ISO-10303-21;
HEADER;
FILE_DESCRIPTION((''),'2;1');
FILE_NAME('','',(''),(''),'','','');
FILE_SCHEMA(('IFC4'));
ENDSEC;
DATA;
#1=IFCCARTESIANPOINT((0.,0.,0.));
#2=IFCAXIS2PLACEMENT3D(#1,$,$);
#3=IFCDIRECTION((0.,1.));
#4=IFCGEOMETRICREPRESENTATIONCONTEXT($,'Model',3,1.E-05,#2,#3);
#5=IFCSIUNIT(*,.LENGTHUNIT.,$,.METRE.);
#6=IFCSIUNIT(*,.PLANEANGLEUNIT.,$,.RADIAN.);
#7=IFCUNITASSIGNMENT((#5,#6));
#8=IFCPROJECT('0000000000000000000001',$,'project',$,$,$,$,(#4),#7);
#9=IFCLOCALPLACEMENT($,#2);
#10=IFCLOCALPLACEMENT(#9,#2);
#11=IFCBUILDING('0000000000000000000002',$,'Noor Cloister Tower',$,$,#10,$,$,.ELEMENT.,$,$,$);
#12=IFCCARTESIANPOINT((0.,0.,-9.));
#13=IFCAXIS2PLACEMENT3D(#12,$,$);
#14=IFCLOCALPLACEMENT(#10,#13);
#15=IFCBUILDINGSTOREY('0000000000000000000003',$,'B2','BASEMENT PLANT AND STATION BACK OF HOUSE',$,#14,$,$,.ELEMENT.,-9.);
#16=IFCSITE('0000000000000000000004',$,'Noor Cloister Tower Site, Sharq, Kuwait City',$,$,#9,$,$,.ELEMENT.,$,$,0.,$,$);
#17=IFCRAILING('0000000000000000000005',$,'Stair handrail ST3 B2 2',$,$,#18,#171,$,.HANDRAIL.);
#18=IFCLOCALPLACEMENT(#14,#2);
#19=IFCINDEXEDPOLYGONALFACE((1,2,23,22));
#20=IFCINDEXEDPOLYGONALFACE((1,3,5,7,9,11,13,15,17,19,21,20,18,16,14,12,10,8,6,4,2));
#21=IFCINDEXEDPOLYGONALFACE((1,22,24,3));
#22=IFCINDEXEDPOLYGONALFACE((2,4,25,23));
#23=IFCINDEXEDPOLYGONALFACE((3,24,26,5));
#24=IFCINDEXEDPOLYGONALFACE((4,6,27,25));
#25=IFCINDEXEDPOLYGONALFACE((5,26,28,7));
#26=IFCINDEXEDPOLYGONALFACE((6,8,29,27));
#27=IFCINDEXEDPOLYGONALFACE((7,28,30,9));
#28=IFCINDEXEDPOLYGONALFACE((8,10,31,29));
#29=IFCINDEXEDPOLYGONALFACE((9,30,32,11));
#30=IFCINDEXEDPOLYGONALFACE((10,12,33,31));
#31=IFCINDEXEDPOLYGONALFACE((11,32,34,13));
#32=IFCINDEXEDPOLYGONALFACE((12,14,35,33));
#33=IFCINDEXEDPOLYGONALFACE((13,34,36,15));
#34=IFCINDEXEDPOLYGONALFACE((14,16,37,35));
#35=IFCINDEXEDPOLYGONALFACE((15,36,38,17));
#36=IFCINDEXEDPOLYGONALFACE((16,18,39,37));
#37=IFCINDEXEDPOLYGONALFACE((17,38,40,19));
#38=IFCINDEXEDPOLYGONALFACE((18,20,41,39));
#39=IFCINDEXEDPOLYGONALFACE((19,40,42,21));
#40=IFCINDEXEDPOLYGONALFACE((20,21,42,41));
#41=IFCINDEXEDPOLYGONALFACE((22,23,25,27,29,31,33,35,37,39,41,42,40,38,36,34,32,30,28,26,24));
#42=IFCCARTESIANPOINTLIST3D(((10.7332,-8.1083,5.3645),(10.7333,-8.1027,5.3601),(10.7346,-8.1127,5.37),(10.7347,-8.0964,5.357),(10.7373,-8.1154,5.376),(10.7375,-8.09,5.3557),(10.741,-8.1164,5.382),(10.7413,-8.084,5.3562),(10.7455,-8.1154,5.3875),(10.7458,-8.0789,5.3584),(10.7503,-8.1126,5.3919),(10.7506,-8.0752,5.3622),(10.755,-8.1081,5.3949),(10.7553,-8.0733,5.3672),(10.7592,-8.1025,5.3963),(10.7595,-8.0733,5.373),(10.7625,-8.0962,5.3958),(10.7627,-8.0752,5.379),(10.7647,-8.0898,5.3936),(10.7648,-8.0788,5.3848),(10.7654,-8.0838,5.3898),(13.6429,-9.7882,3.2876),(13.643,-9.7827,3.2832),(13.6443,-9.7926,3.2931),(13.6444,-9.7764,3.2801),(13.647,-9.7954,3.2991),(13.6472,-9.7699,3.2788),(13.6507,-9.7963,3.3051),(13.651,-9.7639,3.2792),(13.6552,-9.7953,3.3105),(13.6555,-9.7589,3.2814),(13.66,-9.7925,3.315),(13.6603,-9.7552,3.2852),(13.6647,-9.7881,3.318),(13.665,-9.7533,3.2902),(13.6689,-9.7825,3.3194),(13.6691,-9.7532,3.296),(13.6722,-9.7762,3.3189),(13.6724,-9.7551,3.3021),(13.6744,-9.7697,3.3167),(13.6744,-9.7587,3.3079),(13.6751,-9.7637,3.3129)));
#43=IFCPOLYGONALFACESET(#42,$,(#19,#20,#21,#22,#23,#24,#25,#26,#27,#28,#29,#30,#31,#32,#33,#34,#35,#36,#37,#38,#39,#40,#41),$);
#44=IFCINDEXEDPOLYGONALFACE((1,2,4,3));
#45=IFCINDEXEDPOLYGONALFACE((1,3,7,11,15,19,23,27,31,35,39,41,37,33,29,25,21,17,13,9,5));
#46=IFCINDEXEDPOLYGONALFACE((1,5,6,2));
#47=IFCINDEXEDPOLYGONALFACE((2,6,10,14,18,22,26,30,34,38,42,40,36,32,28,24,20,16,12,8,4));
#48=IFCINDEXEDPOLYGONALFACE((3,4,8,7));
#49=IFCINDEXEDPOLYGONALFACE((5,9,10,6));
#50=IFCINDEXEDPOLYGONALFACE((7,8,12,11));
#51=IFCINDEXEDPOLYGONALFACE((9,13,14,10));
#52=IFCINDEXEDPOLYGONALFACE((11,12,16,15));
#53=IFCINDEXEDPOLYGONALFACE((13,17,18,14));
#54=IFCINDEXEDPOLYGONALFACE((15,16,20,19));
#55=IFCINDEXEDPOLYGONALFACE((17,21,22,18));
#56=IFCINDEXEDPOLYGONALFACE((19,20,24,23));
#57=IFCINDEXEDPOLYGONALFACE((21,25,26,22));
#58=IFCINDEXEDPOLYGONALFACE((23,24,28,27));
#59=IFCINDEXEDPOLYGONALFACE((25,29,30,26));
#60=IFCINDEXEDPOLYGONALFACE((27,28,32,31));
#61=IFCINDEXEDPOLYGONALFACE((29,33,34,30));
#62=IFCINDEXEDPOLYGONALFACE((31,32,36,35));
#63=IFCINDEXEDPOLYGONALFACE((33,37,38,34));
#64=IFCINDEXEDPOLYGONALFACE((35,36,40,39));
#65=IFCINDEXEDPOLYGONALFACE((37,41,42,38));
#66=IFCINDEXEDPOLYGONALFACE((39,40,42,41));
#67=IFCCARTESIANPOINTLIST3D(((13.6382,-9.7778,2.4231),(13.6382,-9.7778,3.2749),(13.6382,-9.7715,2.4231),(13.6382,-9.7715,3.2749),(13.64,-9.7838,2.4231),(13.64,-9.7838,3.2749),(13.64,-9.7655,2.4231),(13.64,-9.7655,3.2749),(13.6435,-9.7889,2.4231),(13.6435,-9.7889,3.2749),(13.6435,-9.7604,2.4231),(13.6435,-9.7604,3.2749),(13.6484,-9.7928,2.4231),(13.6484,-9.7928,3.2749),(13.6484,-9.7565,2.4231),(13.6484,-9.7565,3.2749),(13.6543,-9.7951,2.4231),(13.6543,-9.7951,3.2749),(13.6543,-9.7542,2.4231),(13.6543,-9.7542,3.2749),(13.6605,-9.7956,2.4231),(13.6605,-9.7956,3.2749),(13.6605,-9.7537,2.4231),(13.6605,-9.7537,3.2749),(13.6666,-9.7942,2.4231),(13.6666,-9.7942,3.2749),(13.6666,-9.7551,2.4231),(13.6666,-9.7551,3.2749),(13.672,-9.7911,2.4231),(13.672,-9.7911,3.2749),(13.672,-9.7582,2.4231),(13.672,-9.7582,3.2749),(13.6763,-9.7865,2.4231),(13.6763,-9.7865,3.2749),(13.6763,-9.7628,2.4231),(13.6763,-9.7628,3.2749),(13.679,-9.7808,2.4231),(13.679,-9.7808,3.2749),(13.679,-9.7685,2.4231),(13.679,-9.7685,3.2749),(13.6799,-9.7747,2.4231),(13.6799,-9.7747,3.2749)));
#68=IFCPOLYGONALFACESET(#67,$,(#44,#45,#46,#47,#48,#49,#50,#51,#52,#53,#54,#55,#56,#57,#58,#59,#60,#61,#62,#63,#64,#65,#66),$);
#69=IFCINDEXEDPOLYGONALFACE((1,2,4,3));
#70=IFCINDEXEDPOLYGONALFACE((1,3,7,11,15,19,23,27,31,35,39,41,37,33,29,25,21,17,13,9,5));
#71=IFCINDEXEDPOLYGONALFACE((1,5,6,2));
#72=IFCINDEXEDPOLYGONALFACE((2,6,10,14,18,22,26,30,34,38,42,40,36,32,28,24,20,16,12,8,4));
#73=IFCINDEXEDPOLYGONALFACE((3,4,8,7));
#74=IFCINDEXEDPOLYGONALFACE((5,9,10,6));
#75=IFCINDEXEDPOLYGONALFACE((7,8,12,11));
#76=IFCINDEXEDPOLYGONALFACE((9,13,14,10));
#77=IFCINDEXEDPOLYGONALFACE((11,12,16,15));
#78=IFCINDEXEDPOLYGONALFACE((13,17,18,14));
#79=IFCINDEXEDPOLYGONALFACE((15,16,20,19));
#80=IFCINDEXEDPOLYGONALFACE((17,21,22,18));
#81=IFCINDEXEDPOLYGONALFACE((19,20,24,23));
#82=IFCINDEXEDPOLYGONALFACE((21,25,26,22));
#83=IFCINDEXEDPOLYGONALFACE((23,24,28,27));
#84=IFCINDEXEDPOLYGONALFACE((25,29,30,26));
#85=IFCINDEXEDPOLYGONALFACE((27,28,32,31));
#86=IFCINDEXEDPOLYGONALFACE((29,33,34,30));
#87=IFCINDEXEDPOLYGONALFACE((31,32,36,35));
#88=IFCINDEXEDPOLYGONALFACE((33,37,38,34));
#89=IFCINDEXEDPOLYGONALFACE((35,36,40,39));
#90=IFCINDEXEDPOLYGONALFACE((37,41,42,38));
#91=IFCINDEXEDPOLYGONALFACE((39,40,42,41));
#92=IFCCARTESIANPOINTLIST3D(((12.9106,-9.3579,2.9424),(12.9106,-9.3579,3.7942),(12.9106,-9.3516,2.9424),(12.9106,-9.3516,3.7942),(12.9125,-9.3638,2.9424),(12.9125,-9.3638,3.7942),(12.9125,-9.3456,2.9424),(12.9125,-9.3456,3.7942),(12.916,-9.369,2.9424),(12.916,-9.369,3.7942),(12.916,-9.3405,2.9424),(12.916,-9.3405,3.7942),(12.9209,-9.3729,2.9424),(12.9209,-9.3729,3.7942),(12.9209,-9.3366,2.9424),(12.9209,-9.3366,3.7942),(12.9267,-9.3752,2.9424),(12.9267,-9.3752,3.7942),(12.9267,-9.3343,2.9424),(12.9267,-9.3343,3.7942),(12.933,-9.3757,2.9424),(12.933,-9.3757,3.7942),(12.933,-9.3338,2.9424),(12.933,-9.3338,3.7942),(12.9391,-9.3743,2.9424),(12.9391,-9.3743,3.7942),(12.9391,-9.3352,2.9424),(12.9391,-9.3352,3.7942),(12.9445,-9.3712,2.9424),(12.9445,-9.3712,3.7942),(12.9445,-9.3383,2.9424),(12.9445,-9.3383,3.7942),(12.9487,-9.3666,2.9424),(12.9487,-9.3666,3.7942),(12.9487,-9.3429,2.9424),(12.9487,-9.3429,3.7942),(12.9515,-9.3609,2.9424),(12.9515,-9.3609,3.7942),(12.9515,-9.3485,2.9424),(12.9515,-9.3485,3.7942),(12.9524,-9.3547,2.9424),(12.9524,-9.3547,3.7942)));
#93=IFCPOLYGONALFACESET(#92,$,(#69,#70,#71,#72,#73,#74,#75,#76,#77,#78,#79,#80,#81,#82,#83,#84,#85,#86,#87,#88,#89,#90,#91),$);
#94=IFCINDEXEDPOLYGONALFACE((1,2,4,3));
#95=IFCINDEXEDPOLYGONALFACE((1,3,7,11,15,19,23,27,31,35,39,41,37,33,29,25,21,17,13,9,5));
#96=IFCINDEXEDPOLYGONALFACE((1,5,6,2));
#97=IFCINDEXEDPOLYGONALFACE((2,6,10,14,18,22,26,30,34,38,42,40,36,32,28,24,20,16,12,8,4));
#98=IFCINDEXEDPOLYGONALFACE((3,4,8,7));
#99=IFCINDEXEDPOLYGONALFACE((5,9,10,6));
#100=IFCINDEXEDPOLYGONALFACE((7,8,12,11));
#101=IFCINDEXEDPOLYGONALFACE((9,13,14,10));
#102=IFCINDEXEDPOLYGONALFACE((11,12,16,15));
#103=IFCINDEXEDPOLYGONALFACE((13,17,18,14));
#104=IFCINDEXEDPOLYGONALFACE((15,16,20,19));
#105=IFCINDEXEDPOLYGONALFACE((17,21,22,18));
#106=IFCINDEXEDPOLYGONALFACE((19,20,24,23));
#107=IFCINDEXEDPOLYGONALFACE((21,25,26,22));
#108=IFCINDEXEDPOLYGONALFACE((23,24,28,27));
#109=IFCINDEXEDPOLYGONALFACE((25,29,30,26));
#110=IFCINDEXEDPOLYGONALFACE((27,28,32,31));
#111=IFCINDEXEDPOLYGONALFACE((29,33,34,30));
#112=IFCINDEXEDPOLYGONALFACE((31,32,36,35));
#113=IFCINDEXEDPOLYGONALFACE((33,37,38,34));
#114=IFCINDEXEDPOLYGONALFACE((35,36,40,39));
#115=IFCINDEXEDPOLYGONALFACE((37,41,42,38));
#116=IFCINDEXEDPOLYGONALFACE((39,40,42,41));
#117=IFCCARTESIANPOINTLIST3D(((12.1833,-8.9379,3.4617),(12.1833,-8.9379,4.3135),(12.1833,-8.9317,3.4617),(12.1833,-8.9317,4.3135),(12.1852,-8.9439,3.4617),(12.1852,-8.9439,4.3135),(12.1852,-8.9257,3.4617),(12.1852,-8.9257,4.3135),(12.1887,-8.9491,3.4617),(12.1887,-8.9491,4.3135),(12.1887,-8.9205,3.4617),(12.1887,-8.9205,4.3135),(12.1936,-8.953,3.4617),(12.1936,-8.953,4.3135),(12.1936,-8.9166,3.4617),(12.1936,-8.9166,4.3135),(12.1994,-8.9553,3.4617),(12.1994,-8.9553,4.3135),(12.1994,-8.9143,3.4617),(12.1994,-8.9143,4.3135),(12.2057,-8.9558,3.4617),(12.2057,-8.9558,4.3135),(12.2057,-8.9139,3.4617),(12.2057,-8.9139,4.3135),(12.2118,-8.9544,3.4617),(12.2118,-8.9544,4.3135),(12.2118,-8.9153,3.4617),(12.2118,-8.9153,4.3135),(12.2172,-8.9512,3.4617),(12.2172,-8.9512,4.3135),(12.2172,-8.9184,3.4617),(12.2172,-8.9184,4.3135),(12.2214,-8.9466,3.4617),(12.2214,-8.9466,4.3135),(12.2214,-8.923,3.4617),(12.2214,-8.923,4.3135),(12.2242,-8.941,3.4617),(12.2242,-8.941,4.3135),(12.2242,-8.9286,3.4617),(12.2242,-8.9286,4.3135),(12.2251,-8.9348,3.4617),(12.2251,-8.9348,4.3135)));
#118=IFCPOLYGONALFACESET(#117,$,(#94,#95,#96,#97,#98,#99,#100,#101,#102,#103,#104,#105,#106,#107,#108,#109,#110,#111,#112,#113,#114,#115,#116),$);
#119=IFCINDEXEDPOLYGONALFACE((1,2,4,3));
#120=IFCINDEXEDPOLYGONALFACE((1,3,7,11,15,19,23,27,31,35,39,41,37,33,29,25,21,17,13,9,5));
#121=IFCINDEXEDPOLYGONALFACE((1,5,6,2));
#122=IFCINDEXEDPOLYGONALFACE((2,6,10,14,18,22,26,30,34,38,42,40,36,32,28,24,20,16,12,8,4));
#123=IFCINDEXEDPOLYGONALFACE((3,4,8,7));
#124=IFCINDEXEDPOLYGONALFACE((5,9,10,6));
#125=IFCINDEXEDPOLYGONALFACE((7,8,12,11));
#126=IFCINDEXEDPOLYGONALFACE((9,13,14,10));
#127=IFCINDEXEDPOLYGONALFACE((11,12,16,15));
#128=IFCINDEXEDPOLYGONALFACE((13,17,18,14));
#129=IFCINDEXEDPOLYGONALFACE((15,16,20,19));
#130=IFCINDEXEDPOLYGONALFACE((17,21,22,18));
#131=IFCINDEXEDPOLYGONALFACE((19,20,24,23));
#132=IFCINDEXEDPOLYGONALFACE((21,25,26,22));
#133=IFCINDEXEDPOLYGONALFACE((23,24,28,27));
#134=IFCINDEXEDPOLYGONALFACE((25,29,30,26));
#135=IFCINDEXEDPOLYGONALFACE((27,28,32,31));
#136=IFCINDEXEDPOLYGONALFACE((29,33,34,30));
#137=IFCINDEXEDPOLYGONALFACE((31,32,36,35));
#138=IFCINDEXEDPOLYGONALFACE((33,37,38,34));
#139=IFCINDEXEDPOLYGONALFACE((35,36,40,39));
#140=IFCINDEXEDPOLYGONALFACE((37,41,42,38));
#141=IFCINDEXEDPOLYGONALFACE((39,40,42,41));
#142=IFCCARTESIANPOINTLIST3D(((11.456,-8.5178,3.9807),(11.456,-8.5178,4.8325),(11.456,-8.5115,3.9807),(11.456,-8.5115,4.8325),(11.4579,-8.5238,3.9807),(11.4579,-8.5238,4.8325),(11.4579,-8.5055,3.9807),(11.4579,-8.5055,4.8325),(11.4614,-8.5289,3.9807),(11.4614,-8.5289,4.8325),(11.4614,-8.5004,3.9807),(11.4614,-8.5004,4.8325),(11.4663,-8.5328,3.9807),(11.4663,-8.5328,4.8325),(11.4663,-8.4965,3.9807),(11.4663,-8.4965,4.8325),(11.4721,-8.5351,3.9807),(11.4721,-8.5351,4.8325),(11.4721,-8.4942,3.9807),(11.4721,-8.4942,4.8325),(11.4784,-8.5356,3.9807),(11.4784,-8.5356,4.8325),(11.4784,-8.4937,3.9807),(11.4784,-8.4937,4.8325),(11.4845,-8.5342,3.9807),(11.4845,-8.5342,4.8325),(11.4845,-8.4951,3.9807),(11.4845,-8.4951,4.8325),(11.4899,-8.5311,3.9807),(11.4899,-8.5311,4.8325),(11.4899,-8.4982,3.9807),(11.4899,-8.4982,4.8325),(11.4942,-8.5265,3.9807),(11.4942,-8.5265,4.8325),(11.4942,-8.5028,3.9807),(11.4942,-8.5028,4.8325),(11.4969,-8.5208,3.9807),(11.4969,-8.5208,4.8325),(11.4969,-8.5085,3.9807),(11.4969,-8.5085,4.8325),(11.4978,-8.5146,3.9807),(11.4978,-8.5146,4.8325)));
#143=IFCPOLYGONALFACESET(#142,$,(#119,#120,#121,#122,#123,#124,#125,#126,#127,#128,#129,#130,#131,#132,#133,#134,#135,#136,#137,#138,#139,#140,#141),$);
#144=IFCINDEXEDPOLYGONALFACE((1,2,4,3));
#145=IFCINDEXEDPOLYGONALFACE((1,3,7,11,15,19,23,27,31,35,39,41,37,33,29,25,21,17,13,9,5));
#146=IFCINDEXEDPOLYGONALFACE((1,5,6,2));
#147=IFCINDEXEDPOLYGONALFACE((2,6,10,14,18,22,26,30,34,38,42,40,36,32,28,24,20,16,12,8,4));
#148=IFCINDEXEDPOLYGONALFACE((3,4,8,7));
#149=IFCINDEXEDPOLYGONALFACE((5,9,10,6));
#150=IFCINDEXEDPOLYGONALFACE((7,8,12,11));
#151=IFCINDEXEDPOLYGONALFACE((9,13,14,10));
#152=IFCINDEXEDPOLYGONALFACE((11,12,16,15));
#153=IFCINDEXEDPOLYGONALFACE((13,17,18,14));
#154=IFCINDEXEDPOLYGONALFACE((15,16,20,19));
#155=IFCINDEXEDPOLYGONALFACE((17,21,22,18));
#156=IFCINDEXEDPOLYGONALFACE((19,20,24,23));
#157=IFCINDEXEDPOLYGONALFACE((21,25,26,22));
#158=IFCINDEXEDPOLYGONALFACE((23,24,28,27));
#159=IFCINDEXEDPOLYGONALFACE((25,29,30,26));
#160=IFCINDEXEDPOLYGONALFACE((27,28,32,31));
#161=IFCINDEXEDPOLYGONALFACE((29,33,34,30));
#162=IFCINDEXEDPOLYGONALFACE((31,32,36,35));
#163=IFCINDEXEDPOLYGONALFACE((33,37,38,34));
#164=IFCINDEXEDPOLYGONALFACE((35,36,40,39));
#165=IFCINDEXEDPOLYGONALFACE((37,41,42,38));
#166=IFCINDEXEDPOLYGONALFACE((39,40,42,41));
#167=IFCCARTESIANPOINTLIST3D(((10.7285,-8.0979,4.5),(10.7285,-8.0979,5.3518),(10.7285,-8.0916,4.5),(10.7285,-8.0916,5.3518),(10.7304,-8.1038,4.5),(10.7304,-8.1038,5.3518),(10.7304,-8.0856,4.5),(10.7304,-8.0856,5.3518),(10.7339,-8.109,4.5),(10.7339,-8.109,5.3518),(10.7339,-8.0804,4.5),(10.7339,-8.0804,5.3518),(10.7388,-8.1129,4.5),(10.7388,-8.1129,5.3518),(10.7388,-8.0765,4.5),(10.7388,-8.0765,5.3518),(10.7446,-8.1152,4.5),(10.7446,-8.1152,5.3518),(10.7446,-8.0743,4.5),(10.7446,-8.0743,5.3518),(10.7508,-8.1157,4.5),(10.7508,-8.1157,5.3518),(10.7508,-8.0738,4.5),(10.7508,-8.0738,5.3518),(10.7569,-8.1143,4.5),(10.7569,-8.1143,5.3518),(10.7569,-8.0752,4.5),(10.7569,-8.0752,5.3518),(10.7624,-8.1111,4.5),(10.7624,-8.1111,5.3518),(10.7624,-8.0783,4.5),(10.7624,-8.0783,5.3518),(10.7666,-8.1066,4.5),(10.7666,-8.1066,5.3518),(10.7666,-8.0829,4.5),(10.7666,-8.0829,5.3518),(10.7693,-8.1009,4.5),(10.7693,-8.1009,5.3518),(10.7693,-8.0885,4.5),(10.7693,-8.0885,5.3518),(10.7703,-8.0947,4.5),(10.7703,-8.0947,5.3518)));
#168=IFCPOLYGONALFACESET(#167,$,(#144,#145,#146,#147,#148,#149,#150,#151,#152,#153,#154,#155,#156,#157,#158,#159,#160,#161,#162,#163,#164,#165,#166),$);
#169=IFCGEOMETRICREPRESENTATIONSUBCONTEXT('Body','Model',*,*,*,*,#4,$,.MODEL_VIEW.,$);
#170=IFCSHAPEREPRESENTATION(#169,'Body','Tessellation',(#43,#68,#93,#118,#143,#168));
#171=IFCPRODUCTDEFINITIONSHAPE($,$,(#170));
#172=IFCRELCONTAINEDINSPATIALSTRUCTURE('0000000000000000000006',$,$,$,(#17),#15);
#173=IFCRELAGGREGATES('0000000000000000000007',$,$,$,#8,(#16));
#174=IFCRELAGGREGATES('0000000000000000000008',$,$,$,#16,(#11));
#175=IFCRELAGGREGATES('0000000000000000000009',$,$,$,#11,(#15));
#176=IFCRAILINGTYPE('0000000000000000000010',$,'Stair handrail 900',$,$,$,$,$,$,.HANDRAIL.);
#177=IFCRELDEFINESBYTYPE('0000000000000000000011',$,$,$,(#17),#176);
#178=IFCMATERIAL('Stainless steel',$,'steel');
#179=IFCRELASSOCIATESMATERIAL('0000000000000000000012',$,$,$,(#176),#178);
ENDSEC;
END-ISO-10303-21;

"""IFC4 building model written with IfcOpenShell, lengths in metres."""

from ifc_helpers import new_model, si_unit, direction, frame, origin, origin_2d, place, context, subcontext, project, spatial, circle, extrude, material, type_object, element, save


model = new_model("IFC4")

# Units and contexts
model_context = context("Model", 3, precision=1e-05, world=origin(), true_north=direction((0.0, 1.0)))
body_context = subcontext(model_context, "Body", "Model", "MODEL_VIEW")
ifc_project = project(units=[si_unit("LENGTHUNIT", "METRE"), si_unit("PLANEANGLEUNIT", "RADIAN")], contexts=[model_context])

# Site, building, storey
site_placement = place(None, origin())
site = spatial("IfcSite", under=ifc_project, at=site_placement, Name="Noor Cloister Tower Site, Sharq, Kuwait City", CompositionType="ELEMENT", RefElevation=0.0)
building_placement = place(site_placement, origin())
building = spatial("IfcBuilding", under=site, at=building_placement, Name="Noor Cloister Tower", CompositionType="ELEMENT")
storey_placement = place(building_placement, frame((0.0, 0.0, -9.0)))
storey = spatial("IfcBuildingStorey", under=building, at=storey_placement, Name="B2", Description="BASEMENT PLANT AND STATION BACK OF HOUSE", CompositionType="ELEMENT", Elevation=-9.0)

# Railing
ifc_material_1 = material(Name="Stainless steel", Category="steel")
railing_type = type_object("IfcRailingType", Name="Stair handrail 900", PredefinedType="HANDRAIL", material=ifc_material_1)
railing_placement = place(storey_placement, frame((13.6589, -9.7747, 2.4231)))
element("IfcRailing", 1, at=railing_placement, inside=storey, type_object=railing_type, Name="Stair handrail ST3 B2 2", PredefinedType="HANDRAIL", context=body_context, shape_type="SweptSolid", body=[
    extrude(circle(Radius=0.0239, at=origin_2d()), frame((0.0, 0.0, 0.876), z_axis=(-0.73664, 0.425308, 0.525809), x_axis=(-0.500008, -0.866021, 0.0)), (0.0, 0.0, 1.0), 3.95),
    extrude(circle(Radius=0.021, at=origin_2d()), origin(), (0.0, 0.0, 1.0), 0.8518),
    extrude(circle(Radius=0.021, at=origin_2d()), frame((-0.7275, 0.4199, 0.5193)), (0.0, 0.0, 1.0), 0.8518),
    extrude(circle(Radius=0.021, at=origin_2d()), frame((-1.4548, 0.8398, 1.0386)), (0.0, 0.0, 1.0), 0.8518),
    extrude(circle(Radius=0.021, at=origin_2d()), frame((-2.1821, 1.26, 1.5576)), (0.0, 0.0, 1.0), 0.8518),
    extrude(circle(Radius=0.021, at=origin_2d()), frame((-2.9097, 1.6799, 2.0769)), (0.0, 0.0, 1.0), 0.8518),
])

save(model, "model.ifc")
